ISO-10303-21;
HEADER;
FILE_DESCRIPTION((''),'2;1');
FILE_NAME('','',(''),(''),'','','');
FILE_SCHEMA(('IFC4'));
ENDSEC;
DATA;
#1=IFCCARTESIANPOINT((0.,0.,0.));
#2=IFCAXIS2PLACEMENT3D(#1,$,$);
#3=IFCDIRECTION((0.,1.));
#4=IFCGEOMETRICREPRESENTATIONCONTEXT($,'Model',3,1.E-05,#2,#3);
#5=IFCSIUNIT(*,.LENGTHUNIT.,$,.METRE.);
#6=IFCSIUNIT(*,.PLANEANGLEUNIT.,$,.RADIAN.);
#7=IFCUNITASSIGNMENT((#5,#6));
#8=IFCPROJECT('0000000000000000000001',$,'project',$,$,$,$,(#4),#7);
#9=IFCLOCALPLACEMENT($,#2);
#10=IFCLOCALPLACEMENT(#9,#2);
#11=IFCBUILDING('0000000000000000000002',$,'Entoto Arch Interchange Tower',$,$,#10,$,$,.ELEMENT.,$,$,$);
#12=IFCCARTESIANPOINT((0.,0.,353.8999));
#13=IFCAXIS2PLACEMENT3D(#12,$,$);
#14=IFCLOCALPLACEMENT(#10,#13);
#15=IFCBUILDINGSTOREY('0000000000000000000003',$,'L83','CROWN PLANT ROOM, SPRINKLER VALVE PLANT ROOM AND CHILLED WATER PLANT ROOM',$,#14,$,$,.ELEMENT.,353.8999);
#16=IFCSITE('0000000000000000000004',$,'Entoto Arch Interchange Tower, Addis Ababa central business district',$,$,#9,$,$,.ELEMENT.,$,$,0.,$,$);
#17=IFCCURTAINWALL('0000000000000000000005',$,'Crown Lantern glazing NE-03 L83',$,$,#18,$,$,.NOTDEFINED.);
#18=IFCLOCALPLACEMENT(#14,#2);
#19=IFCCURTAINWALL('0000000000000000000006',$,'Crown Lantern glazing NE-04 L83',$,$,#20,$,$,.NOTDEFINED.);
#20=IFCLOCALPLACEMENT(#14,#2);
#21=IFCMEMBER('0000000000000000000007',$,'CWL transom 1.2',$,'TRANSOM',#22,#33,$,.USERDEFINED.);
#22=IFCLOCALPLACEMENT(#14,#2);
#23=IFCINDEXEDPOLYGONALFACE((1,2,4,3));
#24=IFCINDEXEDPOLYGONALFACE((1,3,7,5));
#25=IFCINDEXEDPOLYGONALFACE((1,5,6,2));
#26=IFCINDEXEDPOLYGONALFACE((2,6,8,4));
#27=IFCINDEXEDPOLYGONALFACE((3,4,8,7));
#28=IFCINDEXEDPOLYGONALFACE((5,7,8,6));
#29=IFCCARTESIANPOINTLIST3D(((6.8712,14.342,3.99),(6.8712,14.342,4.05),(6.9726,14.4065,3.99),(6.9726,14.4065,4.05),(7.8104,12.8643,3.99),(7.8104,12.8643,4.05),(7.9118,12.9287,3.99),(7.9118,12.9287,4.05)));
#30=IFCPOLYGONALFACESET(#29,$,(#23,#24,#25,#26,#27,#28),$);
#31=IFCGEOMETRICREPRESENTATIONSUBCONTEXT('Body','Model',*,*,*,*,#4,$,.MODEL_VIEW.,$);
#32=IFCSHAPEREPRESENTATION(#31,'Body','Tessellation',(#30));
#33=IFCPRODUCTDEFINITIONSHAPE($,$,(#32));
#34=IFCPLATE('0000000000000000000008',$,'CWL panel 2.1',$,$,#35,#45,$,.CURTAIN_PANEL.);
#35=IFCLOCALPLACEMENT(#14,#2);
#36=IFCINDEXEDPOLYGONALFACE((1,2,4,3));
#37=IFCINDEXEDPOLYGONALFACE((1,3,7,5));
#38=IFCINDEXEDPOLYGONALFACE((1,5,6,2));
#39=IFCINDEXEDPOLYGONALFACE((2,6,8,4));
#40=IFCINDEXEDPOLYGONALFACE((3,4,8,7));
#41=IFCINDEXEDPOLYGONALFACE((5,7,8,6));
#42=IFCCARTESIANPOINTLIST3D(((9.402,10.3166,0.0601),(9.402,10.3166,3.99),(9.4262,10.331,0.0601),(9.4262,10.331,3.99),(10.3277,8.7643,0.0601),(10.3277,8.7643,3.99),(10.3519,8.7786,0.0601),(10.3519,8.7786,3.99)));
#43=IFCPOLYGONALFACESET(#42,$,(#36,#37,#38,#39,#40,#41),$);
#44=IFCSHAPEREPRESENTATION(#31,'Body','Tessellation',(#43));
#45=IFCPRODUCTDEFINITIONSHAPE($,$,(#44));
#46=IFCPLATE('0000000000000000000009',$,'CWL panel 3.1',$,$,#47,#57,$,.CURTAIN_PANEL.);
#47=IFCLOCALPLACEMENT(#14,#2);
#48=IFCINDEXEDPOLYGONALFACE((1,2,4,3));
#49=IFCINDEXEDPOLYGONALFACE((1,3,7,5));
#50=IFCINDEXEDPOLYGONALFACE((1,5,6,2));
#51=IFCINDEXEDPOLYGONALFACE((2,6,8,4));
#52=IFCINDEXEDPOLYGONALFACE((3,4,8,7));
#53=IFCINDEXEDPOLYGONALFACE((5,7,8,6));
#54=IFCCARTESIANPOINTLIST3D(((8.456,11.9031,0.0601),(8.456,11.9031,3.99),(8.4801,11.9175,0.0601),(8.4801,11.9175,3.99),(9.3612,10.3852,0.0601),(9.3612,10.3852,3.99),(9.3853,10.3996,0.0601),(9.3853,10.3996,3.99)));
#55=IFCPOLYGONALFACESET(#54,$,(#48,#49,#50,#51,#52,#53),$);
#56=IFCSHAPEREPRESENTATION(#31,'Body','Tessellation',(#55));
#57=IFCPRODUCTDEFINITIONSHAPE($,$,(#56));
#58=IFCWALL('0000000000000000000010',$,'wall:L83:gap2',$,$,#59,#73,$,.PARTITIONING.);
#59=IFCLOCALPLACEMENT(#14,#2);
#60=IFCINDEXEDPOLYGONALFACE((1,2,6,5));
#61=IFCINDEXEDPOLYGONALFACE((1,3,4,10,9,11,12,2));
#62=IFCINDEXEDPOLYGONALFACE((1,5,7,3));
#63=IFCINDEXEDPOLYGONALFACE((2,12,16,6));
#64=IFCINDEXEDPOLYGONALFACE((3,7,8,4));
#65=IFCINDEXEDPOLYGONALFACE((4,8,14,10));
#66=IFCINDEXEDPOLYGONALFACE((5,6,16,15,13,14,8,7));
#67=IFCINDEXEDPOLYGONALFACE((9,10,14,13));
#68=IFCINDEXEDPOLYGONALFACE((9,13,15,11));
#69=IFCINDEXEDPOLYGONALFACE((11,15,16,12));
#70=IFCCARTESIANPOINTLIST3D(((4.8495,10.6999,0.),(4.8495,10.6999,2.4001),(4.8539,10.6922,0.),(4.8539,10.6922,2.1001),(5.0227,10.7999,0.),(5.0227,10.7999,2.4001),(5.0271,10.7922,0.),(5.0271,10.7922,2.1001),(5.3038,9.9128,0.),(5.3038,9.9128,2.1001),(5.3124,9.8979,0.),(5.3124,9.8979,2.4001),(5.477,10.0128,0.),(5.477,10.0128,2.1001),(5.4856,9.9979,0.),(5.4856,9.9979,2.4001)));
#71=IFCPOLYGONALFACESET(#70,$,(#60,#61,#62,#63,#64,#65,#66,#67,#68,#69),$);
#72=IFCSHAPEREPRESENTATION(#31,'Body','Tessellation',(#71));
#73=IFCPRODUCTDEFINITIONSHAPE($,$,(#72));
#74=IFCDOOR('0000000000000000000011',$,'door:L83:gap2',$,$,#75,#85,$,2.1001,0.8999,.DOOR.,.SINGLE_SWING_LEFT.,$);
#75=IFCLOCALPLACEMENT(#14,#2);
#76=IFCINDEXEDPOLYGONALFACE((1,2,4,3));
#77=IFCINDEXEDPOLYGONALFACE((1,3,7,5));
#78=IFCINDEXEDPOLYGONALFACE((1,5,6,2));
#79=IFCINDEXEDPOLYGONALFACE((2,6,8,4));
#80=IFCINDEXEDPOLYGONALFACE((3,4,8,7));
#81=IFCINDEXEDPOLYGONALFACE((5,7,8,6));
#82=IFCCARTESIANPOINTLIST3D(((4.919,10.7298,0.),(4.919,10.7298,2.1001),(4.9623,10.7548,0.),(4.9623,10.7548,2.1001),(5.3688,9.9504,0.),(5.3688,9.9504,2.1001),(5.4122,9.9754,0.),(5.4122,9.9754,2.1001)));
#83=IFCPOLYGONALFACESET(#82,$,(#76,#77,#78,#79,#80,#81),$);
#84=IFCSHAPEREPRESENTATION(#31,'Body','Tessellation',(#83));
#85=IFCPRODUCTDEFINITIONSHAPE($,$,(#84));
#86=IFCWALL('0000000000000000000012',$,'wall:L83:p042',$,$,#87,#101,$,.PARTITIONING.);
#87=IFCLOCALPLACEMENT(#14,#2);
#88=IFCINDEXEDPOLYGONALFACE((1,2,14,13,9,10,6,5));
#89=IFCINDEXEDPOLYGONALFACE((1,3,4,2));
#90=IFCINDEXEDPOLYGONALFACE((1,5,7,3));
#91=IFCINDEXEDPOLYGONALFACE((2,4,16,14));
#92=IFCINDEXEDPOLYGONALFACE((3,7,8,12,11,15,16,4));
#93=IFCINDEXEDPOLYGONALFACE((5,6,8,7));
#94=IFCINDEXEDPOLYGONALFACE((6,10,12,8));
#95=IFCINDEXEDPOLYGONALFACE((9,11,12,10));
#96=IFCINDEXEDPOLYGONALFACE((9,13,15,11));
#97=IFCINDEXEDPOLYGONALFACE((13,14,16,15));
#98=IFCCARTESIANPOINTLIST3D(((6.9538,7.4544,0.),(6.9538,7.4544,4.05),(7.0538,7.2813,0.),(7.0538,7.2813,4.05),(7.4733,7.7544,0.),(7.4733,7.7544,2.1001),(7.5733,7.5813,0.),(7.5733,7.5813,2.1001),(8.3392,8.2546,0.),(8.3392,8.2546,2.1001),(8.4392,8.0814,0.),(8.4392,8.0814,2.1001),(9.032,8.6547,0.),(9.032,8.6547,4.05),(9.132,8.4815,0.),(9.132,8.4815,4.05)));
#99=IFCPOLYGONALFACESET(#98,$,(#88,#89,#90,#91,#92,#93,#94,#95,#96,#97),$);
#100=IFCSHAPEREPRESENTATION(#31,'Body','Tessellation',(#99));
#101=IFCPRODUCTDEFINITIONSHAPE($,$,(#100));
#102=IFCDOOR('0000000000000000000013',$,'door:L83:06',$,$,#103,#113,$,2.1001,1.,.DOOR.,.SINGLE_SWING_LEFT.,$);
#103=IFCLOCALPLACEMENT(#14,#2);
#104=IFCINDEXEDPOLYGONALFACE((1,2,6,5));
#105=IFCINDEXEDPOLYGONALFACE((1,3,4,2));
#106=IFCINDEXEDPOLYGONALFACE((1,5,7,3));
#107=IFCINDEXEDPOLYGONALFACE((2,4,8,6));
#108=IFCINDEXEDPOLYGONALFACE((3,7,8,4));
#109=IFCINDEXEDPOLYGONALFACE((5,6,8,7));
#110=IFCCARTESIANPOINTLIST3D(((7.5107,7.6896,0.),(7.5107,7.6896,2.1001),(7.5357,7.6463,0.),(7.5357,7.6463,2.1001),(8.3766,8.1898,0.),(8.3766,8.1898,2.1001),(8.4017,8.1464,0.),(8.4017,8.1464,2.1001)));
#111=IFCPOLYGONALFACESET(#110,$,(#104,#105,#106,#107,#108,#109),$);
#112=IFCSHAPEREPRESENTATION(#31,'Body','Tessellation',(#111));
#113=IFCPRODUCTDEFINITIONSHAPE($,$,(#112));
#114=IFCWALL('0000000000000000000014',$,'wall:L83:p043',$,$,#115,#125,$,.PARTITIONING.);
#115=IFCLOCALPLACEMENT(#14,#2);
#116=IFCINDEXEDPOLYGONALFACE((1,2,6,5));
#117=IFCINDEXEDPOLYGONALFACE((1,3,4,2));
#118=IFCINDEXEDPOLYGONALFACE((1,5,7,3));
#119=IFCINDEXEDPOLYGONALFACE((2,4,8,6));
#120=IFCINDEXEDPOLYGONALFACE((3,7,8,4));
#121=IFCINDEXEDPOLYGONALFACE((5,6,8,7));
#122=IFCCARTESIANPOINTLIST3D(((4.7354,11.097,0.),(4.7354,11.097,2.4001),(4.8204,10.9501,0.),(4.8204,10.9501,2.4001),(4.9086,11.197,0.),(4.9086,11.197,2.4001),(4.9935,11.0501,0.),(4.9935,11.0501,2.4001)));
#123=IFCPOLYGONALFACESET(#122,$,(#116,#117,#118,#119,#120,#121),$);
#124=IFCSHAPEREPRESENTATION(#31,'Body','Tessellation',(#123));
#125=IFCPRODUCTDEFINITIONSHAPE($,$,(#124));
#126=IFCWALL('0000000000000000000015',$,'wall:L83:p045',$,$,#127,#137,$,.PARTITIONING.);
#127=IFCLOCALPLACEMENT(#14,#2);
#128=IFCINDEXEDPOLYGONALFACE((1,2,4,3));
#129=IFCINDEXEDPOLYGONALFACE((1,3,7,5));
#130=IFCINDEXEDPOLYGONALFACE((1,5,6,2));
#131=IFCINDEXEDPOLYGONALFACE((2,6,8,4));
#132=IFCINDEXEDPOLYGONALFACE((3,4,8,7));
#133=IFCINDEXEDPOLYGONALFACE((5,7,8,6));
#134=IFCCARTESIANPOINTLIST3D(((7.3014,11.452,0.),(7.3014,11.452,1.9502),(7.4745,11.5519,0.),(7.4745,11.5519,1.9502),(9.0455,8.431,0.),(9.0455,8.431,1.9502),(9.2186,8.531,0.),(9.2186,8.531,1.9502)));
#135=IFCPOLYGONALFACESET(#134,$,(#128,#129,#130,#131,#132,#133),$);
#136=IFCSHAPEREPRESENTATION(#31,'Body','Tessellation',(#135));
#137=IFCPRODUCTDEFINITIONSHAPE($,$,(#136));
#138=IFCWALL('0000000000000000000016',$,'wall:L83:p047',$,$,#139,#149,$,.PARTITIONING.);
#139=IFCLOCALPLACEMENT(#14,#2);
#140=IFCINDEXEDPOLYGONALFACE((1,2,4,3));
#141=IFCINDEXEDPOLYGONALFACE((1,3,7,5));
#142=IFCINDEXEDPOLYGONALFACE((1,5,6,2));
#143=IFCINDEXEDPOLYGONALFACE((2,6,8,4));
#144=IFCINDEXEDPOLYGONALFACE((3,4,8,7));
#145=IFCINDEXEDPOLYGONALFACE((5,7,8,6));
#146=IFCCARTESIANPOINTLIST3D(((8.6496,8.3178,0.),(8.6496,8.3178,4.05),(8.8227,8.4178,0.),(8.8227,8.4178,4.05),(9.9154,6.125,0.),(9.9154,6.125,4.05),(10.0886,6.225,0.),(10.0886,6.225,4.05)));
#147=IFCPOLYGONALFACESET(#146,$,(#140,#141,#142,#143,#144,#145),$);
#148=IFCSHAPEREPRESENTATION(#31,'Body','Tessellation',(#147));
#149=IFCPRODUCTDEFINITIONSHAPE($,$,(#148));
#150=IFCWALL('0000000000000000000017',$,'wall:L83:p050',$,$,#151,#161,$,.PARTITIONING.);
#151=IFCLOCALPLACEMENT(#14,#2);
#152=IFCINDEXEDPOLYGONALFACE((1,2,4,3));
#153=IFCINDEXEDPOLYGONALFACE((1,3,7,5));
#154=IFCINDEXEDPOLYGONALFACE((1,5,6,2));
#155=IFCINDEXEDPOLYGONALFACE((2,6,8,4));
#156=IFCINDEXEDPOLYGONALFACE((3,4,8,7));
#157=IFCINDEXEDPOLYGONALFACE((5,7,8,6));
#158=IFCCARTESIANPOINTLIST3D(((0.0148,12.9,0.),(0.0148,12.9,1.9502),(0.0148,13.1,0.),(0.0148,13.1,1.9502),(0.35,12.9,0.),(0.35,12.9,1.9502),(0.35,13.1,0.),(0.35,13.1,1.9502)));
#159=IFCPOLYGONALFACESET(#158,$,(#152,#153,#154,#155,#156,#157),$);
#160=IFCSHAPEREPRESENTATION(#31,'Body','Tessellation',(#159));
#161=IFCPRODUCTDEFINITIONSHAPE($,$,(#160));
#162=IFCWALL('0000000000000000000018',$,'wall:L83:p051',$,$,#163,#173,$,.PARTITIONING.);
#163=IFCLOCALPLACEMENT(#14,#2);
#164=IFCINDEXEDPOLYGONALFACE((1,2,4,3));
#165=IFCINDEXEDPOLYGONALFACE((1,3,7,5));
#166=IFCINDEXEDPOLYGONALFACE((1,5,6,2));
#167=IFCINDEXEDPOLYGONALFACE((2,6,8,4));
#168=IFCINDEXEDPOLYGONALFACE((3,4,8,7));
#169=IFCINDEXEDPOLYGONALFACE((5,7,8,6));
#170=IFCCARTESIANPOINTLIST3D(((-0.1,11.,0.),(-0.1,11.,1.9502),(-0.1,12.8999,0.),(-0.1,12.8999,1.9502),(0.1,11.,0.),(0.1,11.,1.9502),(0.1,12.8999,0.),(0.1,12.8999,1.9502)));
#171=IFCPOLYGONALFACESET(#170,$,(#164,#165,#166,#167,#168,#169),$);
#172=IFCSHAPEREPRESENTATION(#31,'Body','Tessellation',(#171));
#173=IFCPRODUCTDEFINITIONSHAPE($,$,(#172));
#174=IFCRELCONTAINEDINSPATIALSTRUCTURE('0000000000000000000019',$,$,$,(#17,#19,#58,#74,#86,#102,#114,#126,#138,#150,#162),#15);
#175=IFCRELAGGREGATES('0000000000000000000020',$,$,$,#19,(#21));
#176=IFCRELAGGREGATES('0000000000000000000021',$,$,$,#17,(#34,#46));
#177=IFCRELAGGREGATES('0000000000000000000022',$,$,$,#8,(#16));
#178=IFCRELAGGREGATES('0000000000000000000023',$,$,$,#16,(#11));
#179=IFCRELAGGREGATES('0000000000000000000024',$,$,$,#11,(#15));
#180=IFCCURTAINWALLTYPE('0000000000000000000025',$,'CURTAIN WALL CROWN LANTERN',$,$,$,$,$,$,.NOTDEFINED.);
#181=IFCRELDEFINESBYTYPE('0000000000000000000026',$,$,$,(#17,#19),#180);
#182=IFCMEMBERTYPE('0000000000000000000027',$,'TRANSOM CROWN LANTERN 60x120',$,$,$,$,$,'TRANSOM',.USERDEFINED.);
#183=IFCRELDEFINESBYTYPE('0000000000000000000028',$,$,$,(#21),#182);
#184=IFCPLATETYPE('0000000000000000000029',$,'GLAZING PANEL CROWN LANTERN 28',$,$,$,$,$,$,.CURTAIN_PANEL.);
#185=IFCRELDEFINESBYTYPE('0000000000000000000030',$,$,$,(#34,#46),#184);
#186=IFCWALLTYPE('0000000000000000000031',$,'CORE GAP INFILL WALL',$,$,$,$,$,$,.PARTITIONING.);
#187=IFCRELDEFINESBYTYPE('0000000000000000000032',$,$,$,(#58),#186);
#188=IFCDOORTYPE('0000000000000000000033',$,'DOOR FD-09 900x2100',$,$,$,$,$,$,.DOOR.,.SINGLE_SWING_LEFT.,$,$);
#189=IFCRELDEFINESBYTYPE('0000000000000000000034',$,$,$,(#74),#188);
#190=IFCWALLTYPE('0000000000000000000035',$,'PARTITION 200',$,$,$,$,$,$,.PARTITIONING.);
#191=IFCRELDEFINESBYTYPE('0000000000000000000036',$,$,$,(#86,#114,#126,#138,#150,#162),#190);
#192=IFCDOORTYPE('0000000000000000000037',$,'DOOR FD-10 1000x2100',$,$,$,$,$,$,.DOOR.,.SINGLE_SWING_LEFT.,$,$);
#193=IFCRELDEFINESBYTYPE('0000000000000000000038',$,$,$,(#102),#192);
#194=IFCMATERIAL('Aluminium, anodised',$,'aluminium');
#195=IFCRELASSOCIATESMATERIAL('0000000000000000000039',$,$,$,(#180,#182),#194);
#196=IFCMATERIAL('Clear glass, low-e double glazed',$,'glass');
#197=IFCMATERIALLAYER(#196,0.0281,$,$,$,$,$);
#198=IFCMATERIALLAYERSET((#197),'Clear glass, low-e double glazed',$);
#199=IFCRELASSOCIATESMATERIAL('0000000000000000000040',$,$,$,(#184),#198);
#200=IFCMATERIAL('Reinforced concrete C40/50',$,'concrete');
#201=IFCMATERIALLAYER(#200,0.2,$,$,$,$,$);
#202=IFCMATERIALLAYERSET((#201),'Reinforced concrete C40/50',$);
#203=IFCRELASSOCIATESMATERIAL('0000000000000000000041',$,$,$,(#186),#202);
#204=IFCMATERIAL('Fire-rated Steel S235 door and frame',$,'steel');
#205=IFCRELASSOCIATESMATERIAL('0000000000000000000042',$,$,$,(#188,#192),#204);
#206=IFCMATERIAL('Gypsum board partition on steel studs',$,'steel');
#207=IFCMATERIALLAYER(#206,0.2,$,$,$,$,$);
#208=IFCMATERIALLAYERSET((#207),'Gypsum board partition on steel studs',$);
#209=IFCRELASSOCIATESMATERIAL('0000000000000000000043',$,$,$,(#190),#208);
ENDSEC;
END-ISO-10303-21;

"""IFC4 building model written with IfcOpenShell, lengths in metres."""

from ifc_helpers import new_model, si_unit, direction, frame, frame_2d, origin, origin_2d, place, context, subcontext, project, spatial, rectangle, extrude, material, layer, layer_set, material_profile, profile_set, type_object, element, fill, aggregate, save


model = new_model("IFC4")

# Units and contexts
model_context = context("Model", 3, precision=1e-05, world=origin(), true_north=direction((0.0, 1.0)))
body_context = subcontext(model_context, "Body", "Model", "MODEL_VIEW")
ifc_project = project(units=[si_unit("LENGTHUNIT", "METRE"), si_unit("PLANEANGLEUNIT", "RADIAN")], contexts=[model_context])

# Site, building, storey
site_placement = place(None, origin())
site = spatial("IfcSite", under=ifc_project, at=site_placement, Name="Entoto Arch Interchange Tower, Addis Ababa central business district", CompositionType="ELEMENT", RefElevation=0.0)
building_placement = place(site_placement, origin())
building = spatial("IfcBuilding", under=site, at=building_placement, Name="Entoto Arch Interchange Tower", CompositionType="ELEMENT")
storey_placement = place(building_placement, frame((0.0, 0.0, 353.8999)))
storey = spatial("IfcBuildingStorey", under=building, at=storey_placement, Name="L83", Description="CROWN PLANT ROOM, SPRINKLER VALVE PLANT ROOM AND CHILLED WATER PLANT ROOM", CompositionType="ELEMENT", Elevation=353.8999)

# Curtain wall
ifc_material_1 = material(Name="Aluminium, anodised", Category="aluminium")
curtain_wall_type = type_object("IfcCurtainWallType", Name="CURTAIN WALL CROWN LANTERN", PredefinedType="NOTDEFINED", material=ifc_material_1)
curtain_wall_1_placement = place(storey_placement, origin())
curtain_wall_1 = element("IfcCurtainWall", 1, at=curtain_wall_1_placement, inside=storey, type_object=curtain_wall_type, Name="Crown Lantern glazing NE-03 L83", PredefinedType="NOTDEFINED")

# Curtain wall
curtain_wall_2_placement = place(storey_placement, origin())
curtain_wall_2 = element("IfcCurtainWall", 2, at=curtain_wall_2_placement, inside=storey, type_object=curtain_wall_type, Name="Crown Lantern glazing NE-04 L83", PredefinedType="NOTDEFINED")

# Member
ifc_material_profile_1 = material_profile(ifc_material_1, rectangle(XDim=0.1201, YDim=0.0601, at=origin_2d()))
ifc_profile_set_1 = profile_set([ifc_material_profile_1], Name="Aluminium, anodised")
member_type_1 = type_object("IfcMemberType", Name="TRANSOM CROWN LANTERN 60x120", ElementType="TRANSOM", PredefinedType="USERDEFINED", material=ifc_profile_set_1)
member_1_placement = place(storey_placement, frame((7.8611, 12.8965, 4.02), z_axis=(-0.536388, 0.843971, 0.0), x_axis=(-0.843971, -0.536388, 0.0)))
member_1 = element("IfcMember", 3, at=member_1_placement, type_object=member_type_1, Name="CWL transom 1.2", ObjectType="TRANSOM", PredefinedType="USERDEFINED", context=body_context, shape_type="SweptSolid", body=[
    extrude(rectangle(XDim=0.1201, YDim=0.0601, at=origin_2d()), origin(), (0.0, 0.0, 1.0), 1.751),
])
aggregate(curtain_wall_2, [member_1])

# Plates
ifc_material_2 = material(Name="Clear glass, low-e double glazed", Category="glass")
ifc_layer_1 = layer(ifc_material_2, 0.0281)
ifc_layer_set_1 = layer_set([ifc_layer_1], Name="Clear glass, low-e double glazed")
plate_type = type_object("IfcPlateType", Name="GLAZING PANEL CROWN LANTERN 28", PredefinedType="CURTAIN_PANEL", material=ifc_layer_set_1)
plate_1_placement = place(storey_placement, frame((9.877, 9.5476, 0.0601), z_axis=(0.0, 0.0, 1.0), x_axis=(-0.512182, 0.858877, 0.0)))
plate_1 = element("IfcPlate", 4, at=plate_1_placement, type_object=plate_type, Name="CWL panel 2.1", PredefinedType="CURTAIN_PANEL", context=body_context, shape_type="SweptSolid", body=[
    extrude(rectangle(XDim=1.8074, YDim=0.0281, at=origin_2d()), origin(), (0.0, 0.0, 1.0), 3.9299),
])
plate_2_placement = place(storey_placement, frame((8.9207, 11.1514, 0.0601), z_axis=(0.0, 0.0, 1.0), x_axis=(-0.512182, 0.858877, 0.0)))
plate_2 = element("IfcPlate", 5, at=plate_2_placement, type_object=plate_type, Name="CWL panel 3.1", PredefinedType="CURTAIN_PANEL", context=body_context, shape_type="SweptSolid", body=[
    extrude(rectangle(XDim=1.7673, YDim=0.0281, at=origin_2d()), origin(), (0.0, 0.0, 1.0), 3.9299),
])
aggregate(curtain_wall_1, [plate_1, plate_2])

# Walls, openings, doors
ifc_material_3 = material(Name="Reinforced concrete C40/50", Category="concrete")
ifc_layer_2 = layer(ifc_material_3, 0.2)
ifc_layer_set_2 = layer_set([ifc_layer_2], Name="Reinforced concrete C40/50")
wall_type_1 = type_object("IfcWallType", Name="CORE GAP INFILL WALL", PredefinedType="PARTITIONING", material=ifc_layer_set_2)
wall_1_placement = place(storey_placement, frame((5.3989, 9.948, 0.0), z_axis=(0.0, 0.0, 1.0), x_axis=(-0.499882, 0.866093, 0.0)))
wall_1 = element("IfcWall", 6, at=wall_1_placement, inside=storey, type_object=wall_type_1, Name="wall:L83:gap2", PredefinedType="PARTITIONING", context=body_context, shape_type="SweptSolid", body=[
    extrude(rectangle(XDim=0.926, YDim=0.2, at=frame_2d((0.4629, 0.0))), origin(), (0.0, 0.0, 1.0), 2.4001),
])
opening_1_placement = place(wall_1_placement, frame((0.0171, 0.0, 0.0)))
opening_1 = element("IfcOpeningElement", 7, at=opening_1_placement, cuts=wall_1, PredefinedType="OPENING", context=body_context, shape_type="SweptSolid", body=[
    extrude(rectangle(XDim=0.8999, YDim=2.1001, at=frame_2d((0.45, 1.05))), frame((0.0, 0.1099, 0.0), z_axis=(0.0, -1.0, 0.0), x_axis=(1.0, 0.0, 0.0)), (0.0, 0.0, 1.0), 0.22),
])
ifc_material_4 = material(Name="Fire-rated Steel S235 door and frame", Category="steel")
door_type_1 = type_object("IfcDoorType", Name="DOOR FD-09 900x2100", OperationType="SINGLE_SWING_LEFT", PredefinedType="DOOR", material=ifc_material_4)
door_1_placement = place(opening_1_placement, origin())
door_1 = element("IfcDoor", 8, at=door_1_placement, inside=storey, type_object=door_type_1, Name="door:L83:gap2", OperationType="SINGLE_SWING_LEFT", OverallHeight=2.1001, OverallWidth=0.8999, PredefinedType="DOOR", context=body_context, shape_type="SweptSolid", body=[
    extrude(rectangle(XDim=0.8999, YDim=2.1001, at=frame_2d((0.45, 1.05))), frame((0.0, 0.0249, 0.0), z_axis=(0.0, -1.0, 0.0), x_axis=(1.0, 0.0, 0.0)), (0.0, 0.0, 1.0), 0.05),
])
fill(opening_1, door_1)
ifc_material_5 = material(Name="Gypsum board partition on steel studs", Category="steel")
ifc_layer_3 = layer(ifc_material_5, 0.2)
ifc_layer_set_3 = layer_set([ifc_layer_3], Name="Gypsum board partition on steel studs")
wall_type_2 = type_object("IfcWallType", Name="PARTITION 200", PredefinedType="PARTITIONING", material=ifc_layer_set_3)
wall_2_placement = place(storey_placement, frame((9.082, 8.5681, 0.0), z_axis=(0.0, 0.0, 1.0), x_axis=(-0.865955, -0.500122, 0.0)))
wall_2 = element("IfcWall", 9, at=wall_2_placement, inside=storey, type_object=wall_type_2, Name="wall:L83:p042", PredefinedType="PARTITIONING", context=body_context, shape_type="SweptSolid", body=[
    extrude(rectangle(XDim=2.3999, YDim=0.2, at=frame_2d((1.2, 0.0))), origin(), (0.0, 0.0, 1.0), 4.05),
])
opening_2_placement = place(wall_2_placement, frame((0.8, 0.0, 0.0)))
opening_2 = element("IfcOpeningElement", 10, at=opening_2_placement, cuts=wall_2, PredefinedType="OPENING", context=body_context, shape_type="SweptSolid", body=[
    extrude(rectangle(XDim=1.0, YDim=2.1001, at=frame_2d((0.5, 1.05))), frame((0.0, 0.1099, 0.0), z_axis=(0.0, -1.0, 0.0), x_axis=(1.0, 0.0, 0.0)), (0.0, 0.0, 1.0), 0.22),
])
door_type_2 = type_object("IfcDoorType", Name="DOOR FD-10 1000x2100", OperationType="SINGLE_SWING_LEFT", PredefinedType="DOOR", material=ifc_material_4)
door_2_placement = place(opening_2_placement, origin())
door_2 = element("IfcDoor", 11, at=door_2_placement, inside=storey, type_object=door_type_2, Name="door:L83:06", OperationType="SINGLE_SWING_LEFT", OverallHeight=2.1001, OverallWidth=1.0, PredefinedType="DOOR", context=body_context, shape_type="SweptSolid", body=[
    extrude(rectangle(XDim=1.0, YDim=2.1001, at=frame_2d((0.5, 1.05))), frame((0.0, 0.0249, 0.0), z_axis=(0.0, -1.0, 0.0), x_axis=(1.0, 0.0, 0.0)), (0.0, 0.0, 1.0), 0.05),
])
fill(opening_2, door_2)

# Walls
wall_3_placement = place(storey_placement, frame((4.907, 11.0, 0.0), z_axis=(0.0, 0.0, 1.0), x_axis=(-0.500469, 0.865754, 0.0)))
element("IfcWall", 12, at=wall_3_placement, inside=storey, type_object=wall_type_2, Name="wall:L83:p043", PredefinedType="PARTITIONING", context=body_context, shape_type="SweptSolid", body=[
    extrude(rectangle(XDim=0.1697, YDim=0.2, at=frame_2d((0.085, 0.0))), origin(), (0.0, 0.0, 1.0), 2.4001),
])
wall_4_placement = place(storey_placement, frame((7.3879, 11.502, 0.0), z_axis=(0.0, 0.0, 1.0), x_axis=(0.499993, -0.866029, 0.0)))
element("IfcWall", 13, at=wall_4_placement, inside=storey, type_object=wall_type_2, Name="wall:L83:p045", PredefinedType="PARTITIONING", context=body_context, shape_type="SweptSolid", body=[
    extrude(rectangle(XDim=3.4883, YDim=0.2, at=frame_2d((1.7441, 0.0))), origin(), (0.0, 0.0, 1.0), 1.9502),
])
wall_5_placement = place(storey_placement, frame((8.7361, 8.3679, 0.0), z_axis=(0.0, 0.0, 1.0), x_axis=(0.499945, -0.866057, 0.0)))
element("IfcWall", 14, at=wall_5_placement, inside=storey, type_object=wall_type_2, Name="wall:L83:p047", PredefinedType="PARTITIONING", context=body_context, shape_type="SweptSolid", body=[
    extrude(rectangle(XDim=2.532, YDim=0.2, at=frame_2d((1.2661, 0.0))), origin(), (0.0, 0.0, 1.0), 4.05),
])
wall_6_placement = place(storey_placement, frame((0.0149, 13.0, 0.0), z_axis=(0.0, 0.0, 1.0), x_axis=(1.0, 0.0, 0.0)))
element("IfcWall", 15, at=wall_6_placement, inside=storey, type_object=wall_type_2, Name="wall:L83:p050", PredefinedType="PARTITIONING", context=body_context, shape_type="SweptSolid", body=[
    extrude(rectangle(XDim=0.3352, YDim=0.2, at=frame_2d((0.1675, 0.0))), origin(), (0.0, 0.0, 1.0), 1.9502),
])
wall_7_placement = place(storey_placement, frame((0.0, 11.0, 0.0), z_axis=(0.0, 0.0, 1.0), x_axis=(0.0, 1.0, 0.0)))
element("IfcWall", 16, at=wall_7_placement, inside=storey, type_object=wall_type_2, Name="wall:L83:p051", PredefinedType="PARTITIONING", context=body_context, shape_type="SweptSolid", body=[
    extrude(rectangle(XDim=1.8999, YDim=0.2, at=frame_2d((0.95, 0.0))), origin(), (0.0, 0.0, 1.0), 1.9502),
])

save(model, "model.ifc")
